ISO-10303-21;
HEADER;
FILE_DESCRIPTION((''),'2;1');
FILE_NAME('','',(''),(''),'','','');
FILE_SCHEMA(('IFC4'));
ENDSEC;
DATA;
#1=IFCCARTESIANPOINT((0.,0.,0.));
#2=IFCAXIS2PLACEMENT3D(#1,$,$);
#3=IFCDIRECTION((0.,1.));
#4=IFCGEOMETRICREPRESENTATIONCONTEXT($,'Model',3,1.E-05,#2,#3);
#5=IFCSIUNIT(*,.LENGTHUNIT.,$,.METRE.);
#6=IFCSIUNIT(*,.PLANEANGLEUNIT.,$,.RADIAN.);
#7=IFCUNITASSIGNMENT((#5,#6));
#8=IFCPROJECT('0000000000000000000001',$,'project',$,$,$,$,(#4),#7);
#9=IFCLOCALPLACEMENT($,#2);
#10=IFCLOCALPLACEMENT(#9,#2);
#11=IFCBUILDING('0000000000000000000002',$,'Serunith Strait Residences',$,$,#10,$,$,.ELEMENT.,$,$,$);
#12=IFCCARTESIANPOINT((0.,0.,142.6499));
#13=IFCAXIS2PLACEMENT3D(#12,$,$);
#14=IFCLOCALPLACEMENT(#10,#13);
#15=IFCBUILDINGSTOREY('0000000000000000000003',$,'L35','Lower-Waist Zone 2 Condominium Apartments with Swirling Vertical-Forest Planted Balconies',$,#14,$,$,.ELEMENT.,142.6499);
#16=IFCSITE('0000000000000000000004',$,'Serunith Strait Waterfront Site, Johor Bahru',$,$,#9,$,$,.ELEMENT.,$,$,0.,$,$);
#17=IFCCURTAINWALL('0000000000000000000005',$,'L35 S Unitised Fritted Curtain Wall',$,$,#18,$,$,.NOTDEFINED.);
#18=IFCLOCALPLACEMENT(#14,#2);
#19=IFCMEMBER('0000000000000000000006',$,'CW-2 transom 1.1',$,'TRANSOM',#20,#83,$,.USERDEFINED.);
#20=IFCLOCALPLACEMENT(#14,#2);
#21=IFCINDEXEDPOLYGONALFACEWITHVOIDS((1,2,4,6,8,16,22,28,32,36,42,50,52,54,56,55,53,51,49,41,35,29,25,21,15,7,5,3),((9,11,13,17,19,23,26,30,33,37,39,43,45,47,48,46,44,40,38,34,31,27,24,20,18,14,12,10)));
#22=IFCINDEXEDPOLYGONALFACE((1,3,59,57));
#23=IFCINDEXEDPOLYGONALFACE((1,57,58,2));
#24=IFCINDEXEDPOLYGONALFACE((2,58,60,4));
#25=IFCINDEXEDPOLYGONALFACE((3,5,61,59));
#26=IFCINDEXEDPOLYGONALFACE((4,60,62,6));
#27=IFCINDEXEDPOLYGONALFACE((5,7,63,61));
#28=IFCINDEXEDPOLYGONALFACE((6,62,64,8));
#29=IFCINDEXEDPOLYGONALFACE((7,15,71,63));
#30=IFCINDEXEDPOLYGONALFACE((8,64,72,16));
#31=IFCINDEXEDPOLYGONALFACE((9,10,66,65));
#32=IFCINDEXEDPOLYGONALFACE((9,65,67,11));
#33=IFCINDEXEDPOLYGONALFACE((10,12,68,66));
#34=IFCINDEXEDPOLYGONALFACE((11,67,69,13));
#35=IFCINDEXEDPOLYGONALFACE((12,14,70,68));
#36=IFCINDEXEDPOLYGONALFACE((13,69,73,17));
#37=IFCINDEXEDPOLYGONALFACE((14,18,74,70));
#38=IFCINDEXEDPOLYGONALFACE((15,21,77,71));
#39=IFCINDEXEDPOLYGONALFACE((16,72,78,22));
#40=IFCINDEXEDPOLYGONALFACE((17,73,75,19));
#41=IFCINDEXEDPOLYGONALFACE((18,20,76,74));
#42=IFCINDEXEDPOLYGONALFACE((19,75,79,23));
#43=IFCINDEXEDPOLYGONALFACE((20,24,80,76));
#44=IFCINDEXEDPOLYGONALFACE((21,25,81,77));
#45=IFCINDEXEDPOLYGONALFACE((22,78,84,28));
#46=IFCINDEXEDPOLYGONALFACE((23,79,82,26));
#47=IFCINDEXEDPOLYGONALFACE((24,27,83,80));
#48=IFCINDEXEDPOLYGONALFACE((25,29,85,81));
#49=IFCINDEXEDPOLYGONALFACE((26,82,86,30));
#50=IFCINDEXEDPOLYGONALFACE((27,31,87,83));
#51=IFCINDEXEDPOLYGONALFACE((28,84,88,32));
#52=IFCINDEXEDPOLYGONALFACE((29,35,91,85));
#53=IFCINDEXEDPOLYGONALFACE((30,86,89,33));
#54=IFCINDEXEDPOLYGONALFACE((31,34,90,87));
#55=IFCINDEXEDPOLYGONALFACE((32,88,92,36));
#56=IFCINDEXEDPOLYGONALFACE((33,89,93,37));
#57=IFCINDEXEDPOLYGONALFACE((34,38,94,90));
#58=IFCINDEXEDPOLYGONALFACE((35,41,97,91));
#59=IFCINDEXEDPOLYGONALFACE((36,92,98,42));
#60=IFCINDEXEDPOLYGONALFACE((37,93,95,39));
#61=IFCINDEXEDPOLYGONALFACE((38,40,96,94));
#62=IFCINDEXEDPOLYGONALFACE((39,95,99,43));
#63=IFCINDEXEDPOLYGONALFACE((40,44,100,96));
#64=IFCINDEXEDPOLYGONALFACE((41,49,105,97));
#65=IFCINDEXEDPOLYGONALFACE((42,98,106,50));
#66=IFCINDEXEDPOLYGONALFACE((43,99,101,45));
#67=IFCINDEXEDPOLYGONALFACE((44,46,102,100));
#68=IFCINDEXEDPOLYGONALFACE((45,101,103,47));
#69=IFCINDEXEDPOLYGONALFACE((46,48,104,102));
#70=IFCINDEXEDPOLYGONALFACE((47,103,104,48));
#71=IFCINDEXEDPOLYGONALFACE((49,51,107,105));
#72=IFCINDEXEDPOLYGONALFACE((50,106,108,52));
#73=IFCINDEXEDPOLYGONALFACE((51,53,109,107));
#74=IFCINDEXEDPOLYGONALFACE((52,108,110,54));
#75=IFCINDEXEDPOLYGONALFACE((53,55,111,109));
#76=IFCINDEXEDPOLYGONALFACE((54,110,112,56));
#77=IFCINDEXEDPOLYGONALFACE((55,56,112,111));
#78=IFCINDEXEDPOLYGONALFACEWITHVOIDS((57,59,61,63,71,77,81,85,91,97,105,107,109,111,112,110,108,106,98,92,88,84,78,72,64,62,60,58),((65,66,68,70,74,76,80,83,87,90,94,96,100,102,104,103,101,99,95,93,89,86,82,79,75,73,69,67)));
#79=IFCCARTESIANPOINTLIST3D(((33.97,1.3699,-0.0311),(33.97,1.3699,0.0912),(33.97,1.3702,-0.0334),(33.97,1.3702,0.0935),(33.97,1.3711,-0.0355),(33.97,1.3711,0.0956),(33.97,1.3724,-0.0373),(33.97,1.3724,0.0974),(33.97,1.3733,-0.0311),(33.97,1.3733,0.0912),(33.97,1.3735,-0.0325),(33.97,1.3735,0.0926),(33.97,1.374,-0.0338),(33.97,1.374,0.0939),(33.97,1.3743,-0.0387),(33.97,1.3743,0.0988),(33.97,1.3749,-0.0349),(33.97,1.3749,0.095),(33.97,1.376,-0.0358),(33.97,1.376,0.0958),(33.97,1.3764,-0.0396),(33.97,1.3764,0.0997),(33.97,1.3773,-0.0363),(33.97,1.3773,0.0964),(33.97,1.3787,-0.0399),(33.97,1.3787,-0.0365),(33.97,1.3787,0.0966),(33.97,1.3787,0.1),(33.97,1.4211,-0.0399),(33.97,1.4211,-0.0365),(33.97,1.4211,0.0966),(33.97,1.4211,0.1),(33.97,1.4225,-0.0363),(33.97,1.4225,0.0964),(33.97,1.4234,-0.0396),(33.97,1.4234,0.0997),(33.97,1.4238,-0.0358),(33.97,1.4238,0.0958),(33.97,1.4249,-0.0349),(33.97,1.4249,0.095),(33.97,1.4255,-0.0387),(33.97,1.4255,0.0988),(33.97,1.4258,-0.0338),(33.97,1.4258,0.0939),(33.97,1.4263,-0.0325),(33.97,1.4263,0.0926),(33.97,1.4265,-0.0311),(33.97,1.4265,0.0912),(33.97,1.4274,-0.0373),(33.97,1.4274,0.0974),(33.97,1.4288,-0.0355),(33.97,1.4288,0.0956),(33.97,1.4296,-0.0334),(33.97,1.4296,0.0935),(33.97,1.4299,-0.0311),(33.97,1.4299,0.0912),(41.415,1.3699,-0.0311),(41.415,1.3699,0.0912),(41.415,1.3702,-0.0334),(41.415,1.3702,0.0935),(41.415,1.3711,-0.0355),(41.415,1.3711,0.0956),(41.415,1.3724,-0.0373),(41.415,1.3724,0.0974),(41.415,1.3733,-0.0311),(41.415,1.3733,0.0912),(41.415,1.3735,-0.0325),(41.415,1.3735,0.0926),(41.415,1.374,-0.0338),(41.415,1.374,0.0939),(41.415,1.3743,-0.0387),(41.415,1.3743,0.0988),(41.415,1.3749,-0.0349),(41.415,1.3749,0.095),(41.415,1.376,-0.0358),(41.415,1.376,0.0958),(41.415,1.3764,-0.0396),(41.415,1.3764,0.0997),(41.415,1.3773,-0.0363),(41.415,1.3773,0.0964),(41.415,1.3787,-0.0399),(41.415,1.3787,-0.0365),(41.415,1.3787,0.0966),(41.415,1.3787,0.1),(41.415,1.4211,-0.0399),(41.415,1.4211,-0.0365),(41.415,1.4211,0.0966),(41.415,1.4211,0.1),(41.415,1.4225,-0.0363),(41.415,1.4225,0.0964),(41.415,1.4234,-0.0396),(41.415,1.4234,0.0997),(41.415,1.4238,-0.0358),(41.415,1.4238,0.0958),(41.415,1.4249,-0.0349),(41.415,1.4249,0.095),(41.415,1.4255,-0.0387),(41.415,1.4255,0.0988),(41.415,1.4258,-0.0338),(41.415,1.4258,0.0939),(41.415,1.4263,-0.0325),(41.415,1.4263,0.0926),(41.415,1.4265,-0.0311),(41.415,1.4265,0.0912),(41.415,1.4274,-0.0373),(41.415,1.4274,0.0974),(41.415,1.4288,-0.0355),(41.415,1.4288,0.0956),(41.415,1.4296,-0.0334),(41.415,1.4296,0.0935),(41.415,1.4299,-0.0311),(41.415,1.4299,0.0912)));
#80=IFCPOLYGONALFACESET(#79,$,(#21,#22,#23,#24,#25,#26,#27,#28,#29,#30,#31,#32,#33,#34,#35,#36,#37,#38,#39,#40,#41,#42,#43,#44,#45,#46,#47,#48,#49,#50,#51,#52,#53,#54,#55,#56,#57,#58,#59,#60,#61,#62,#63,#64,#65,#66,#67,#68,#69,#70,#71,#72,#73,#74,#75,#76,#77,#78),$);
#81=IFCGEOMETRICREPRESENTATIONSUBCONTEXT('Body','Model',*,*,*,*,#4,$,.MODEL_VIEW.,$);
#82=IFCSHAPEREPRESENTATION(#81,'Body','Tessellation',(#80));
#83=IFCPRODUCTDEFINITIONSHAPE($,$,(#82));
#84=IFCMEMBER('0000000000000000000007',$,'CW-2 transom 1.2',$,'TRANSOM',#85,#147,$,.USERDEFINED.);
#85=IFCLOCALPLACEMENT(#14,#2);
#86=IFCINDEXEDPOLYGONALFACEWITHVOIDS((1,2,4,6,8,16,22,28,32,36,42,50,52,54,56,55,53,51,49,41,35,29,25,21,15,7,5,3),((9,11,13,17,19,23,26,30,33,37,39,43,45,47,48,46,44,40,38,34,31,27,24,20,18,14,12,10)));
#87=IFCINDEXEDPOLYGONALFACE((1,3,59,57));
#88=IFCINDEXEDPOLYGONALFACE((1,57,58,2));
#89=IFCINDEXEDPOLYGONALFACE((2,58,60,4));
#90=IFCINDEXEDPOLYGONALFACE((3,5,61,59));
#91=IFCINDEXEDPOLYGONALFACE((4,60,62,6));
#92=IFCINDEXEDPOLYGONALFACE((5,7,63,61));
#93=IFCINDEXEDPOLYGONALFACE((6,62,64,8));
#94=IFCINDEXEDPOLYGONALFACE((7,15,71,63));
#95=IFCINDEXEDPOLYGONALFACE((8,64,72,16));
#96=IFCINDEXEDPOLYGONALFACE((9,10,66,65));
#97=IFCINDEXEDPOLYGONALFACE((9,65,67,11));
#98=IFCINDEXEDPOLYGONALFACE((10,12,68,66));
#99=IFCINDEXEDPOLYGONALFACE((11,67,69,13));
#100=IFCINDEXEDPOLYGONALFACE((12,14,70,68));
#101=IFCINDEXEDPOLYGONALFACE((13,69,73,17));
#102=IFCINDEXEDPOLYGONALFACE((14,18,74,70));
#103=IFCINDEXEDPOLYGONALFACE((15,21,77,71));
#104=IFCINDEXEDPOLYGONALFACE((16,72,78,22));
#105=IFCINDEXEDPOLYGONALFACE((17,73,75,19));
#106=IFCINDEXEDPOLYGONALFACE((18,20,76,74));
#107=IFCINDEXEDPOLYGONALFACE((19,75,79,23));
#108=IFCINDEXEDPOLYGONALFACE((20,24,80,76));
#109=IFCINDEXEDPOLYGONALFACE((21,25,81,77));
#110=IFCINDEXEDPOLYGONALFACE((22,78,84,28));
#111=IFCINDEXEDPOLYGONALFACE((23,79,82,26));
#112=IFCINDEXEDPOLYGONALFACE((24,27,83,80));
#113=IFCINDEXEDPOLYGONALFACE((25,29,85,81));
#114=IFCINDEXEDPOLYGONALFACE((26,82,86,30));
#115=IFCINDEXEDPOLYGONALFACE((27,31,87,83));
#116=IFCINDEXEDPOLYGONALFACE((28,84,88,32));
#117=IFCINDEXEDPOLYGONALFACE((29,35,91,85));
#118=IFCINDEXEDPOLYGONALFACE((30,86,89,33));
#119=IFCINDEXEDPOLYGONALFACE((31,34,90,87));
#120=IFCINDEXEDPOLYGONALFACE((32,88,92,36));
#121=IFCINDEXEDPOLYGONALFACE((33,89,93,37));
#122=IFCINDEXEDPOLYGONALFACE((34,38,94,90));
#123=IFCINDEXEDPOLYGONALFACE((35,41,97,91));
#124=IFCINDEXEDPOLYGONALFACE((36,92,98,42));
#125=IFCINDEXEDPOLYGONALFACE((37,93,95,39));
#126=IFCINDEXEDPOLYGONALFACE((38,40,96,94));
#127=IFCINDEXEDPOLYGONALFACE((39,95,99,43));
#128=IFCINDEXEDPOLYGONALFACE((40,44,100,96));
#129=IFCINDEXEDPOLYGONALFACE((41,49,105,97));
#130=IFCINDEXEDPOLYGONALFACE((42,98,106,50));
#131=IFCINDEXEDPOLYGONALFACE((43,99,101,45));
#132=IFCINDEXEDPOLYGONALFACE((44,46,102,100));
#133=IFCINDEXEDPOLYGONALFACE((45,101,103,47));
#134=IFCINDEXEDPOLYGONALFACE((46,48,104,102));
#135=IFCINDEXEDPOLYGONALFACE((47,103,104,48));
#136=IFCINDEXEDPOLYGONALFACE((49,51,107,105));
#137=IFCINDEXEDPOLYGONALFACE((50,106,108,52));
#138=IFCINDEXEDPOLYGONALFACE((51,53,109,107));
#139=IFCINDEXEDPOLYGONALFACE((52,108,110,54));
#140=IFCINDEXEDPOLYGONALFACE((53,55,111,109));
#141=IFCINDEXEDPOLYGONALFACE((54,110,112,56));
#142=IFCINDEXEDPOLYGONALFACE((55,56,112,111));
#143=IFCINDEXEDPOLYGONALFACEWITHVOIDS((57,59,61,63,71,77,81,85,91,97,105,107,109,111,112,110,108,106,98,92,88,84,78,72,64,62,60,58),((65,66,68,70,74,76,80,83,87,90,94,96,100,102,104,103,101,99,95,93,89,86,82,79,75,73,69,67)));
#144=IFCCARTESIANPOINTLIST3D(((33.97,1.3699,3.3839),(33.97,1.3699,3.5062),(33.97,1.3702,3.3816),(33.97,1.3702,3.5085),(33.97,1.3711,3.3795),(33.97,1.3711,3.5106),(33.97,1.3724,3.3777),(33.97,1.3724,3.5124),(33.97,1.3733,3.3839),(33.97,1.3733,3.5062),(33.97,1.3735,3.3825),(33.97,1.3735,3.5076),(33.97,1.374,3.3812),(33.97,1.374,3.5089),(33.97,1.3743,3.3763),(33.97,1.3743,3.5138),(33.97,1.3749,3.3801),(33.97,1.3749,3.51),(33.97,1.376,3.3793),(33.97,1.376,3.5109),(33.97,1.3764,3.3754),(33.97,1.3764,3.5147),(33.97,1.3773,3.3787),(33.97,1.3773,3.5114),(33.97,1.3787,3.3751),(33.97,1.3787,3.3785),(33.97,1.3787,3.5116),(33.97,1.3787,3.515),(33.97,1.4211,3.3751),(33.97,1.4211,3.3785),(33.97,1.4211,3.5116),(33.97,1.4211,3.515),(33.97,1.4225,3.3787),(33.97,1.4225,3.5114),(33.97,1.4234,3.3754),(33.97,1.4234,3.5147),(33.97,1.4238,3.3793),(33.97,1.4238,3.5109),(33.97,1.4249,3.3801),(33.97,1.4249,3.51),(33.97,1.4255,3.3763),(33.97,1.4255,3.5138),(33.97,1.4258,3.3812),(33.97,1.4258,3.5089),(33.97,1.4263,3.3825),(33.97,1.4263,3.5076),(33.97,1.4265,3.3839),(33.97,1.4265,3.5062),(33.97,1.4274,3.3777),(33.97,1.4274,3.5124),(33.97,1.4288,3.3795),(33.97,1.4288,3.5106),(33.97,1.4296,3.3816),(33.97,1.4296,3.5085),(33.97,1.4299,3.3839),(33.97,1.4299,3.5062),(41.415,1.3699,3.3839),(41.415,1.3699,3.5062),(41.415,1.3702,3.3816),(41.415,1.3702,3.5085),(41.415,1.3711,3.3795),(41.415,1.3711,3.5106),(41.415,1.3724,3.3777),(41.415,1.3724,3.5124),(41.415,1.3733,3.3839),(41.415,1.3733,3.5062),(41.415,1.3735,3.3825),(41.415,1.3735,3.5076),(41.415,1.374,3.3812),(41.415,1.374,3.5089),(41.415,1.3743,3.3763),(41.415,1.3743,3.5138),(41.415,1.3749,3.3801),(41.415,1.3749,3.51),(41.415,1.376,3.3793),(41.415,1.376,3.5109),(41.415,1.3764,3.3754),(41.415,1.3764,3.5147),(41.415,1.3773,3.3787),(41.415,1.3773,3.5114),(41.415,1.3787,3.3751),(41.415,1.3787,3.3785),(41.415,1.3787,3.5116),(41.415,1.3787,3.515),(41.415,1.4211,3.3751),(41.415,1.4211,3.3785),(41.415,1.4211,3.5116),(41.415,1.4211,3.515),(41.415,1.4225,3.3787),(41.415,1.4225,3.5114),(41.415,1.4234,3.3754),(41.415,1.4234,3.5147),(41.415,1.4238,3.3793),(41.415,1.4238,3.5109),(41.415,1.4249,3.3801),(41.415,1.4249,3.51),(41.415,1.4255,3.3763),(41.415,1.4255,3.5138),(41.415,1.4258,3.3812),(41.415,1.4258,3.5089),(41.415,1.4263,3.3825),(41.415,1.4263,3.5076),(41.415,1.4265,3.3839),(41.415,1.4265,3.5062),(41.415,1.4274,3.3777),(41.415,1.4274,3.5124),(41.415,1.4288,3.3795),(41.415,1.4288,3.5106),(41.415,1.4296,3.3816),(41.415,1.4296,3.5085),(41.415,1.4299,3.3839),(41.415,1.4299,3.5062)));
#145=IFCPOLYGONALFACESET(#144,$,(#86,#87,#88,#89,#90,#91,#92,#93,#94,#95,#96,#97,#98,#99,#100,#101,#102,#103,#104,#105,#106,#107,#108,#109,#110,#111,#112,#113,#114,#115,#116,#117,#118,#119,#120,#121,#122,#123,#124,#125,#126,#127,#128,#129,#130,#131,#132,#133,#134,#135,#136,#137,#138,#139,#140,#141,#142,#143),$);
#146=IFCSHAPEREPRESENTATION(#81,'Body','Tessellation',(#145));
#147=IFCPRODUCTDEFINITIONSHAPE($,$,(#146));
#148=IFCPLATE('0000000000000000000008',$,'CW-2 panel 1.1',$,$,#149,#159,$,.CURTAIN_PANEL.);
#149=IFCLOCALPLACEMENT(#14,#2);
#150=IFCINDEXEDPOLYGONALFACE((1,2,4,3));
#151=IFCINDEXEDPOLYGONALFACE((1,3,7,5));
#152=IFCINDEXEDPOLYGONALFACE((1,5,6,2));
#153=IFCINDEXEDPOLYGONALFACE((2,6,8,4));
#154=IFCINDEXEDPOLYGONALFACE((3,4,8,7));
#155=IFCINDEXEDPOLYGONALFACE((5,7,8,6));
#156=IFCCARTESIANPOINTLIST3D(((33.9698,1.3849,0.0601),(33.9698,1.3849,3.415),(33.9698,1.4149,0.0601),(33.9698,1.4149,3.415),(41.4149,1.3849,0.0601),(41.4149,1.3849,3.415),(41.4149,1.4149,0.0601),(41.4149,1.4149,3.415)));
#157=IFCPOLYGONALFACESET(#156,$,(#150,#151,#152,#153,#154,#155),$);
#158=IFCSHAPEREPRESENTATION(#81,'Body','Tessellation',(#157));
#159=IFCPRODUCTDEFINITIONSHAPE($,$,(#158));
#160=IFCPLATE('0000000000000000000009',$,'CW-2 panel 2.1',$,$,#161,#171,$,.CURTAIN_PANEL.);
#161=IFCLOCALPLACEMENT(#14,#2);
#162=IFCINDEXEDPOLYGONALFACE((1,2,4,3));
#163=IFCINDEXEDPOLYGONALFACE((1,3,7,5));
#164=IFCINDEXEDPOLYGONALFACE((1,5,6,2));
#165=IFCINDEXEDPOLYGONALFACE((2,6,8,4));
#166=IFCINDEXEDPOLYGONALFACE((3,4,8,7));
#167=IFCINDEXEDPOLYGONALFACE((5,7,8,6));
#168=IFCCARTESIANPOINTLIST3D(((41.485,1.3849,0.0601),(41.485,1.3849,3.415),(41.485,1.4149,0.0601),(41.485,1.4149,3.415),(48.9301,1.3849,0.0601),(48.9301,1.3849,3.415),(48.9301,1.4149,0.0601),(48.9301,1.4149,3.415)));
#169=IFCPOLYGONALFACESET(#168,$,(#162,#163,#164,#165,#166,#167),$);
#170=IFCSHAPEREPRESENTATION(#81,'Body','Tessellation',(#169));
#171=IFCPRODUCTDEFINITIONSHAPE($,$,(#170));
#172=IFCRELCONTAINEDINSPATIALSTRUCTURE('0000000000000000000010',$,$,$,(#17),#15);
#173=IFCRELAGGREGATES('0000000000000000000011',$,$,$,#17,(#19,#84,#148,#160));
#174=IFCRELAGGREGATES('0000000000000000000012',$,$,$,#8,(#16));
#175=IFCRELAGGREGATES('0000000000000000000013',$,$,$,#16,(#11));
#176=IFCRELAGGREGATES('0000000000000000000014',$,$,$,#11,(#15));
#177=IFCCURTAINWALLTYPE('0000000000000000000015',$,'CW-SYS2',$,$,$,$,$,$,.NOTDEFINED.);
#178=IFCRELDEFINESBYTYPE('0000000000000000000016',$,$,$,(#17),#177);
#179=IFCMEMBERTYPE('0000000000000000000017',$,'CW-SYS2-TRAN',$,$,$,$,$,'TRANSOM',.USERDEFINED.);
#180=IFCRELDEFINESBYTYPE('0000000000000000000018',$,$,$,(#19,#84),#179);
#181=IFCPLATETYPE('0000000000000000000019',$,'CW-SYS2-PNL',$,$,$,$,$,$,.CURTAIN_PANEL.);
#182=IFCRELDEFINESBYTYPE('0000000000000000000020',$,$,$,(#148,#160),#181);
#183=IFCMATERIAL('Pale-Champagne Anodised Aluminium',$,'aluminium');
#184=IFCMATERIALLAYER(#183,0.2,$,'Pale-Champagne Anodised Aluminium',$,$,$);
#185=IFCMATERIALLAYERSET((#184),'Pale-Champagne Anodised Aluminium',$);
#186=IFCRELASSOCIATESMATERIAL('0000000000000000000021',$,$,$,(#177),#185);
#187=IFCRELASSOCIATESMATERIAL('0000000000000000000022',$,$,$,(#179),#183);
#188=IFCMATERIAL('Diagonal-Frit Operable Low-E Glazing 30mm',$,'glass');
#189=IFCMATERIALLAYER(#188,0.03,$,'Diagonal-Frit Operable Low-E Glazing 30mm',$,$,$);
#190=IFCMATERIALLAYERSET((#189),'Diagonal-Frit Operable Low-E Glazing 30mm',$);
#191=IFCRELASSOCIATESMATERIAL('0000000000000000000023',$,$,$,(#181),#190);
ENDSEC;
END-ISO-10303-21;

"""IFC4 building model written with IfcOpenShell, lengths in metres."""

from ifc_helpers import new_model, si_unit, direction, frame, origin, origin_2d, place, context, subcontext, project, spatial, rectangle, hollow_rectangle, extrude, source, transform, mapped, material, layer, layer_set, material_profile, profile_set, type_object, element, aggregate, save


model = new_model("IFC4")

# Units and contexts
model_context = context("Model", 3, precision=1e-05, world=origin(), true_north=direction((0.0, 1.0)))
body_context = subcontext(model_context, "Body", "Model", "MODEL_VIEW")
ifc_project = project(units=[si_unit("LENGTHUNIT", "METRE"), si_unit("PLANEANGLEUNIT", "RADIAN")], contexts=[model_context])

# Site, building, storey
site_placement = place(None, origin())
site = spatial("IfcSite", under=ifc_project, at=site_placement, Name="Serunith Strait Waterfront Site, Johor Bahru", CompositionType="ELEMENT", RefElevation=0.0)
building_placement = place(site_placement, origin())
building = spatial("IfcBuilding", under=site, at=building_placement, Name="Serunith Strait Residences", CompositionType="ELEMENT")
storey_placement = place(building_placement, frame((0.0, 0.0, 142.6499)))
storey = spatial("IfcBuildingStorey", under=building, at=storey_placement, Name="L35", Description="Lower-Waist Zone 2 Condominium Apartments with Swirling Vertical-Forest Planted Balconies", CompositionType="ELEMENT", Elevation=142.6499)

# Curtain wall, members, plates
ifc_material_1 = material(Name="Pale-Champagne Anodised Aluminium", Category="aluminium")
ifc_layer_1 = layer(ifc_material_1, 0.2, Name="Pale-Champagne Anodised Aluminium")
ifc_layer_set_1 = layer_set([ifc_layer_1], Name="Pale-Champagne Anodised Aluminium")
curtain_wall_type = type_object("IfcCurtainWallType", Name="CW-SYS2", PredefinedType="NOTDEFINED", material=ifc_layer_set_1)
curtain_wall_placement = place(storey_placement, origin())
curtain_wall = element("IfcCurtainWall", 1, at=curtain_wall_placement, inside=storey, type_object=curtain_wall_type, Name="L35 S Unitised Fritted Curtain Wall", PredefinedType="NOTDEFINED")
ifc_material_profile_1 = material_profile(ifc_material_1, hollow_rectangle(XDim=0.0601, YDim=0.1399, WallThickness=0.0034, InnerFilletRadius=0.0054, OuterFilletRadius=0.0088, at=origin_2d()), Name="ALU 140x60x3.5")
ifc_profile_set_1 = profile_set([ifc_material_profile_1], Name="Pale-Champagne Anodised Aluminium")
member_type_1 = type_object("IfcMemberType", Name="CW-SYS2-TRAN", ElementType="TRANSOM", PredefinedType="USERDEFINED", material=ifc_profile_set_1)
shared_shape_1 = source(origin(), body_context, "Body", "SweptSolid", [
    extrude(hollow_rectangle(XDim=0.0601, YDim=0.1399, WallThickness=0.0034, InnerFilletRadius=0.0054, OuterFilletRadius=0.0088, at=origin_2d()), origin(), (0.0, 0.0, 1.0), 7.4451),
])
member_1_placement = place(storey_placement, frame((33.97, 1.3999, 0.03), z_axis=(1.0, 0.0, 0.0), x_axis=(0.0, 1.0, 0.0)))
member_1 = element("IfcMember", 2, at=member_1_placement, type_object=member_type_1, Name="CW-2 transom 1.1", ObjectType="TRANSOM", PredefinedType="USERDEFINED", context=body_context, shape_type="MappedRepresentation", body=[
    mapped(shared_shape_1, transform((0.0, 0.0, 0.0), scale=1.0)),
])
member_2_placement = place(storey_placement, frame((33.97, 1.3999, 3.4451), z_axis=(1.0, 0.0, 0.0), x_axis=(0.0, 1.0, 0.0)))
member_2 = element("IfcMember", 3, at=member_2_placement, type_object=member_type_1, Name="CW-2 transom 1.2", ObjectType="TRANSOM", PredefinedType="USERDEFINED", context=body_context, shape_type="MappedRepresentation", body=[
    mapped(shared_shape_1, transform((0.0, 0.0, 0.0), scale=1.0)),
])
ifc_material_2 = material(Name="Diagonal-Frit Operable Low-E Glazing 30mm", Category="glass")
ifc_layer_2 = layer(ifc_material_2, 0.03, Name="Diagonal-Frit Operable Low-E Glazing 30mm")
ifc_layer_set_2 = layer_set([ifc_layer_2], Name="Diagonal-Frit Operable Low-E Glazing 30mm")
plate_type = type_object("IfcPlateType", Name="CW-SYS2-PNL", PredefinedType="CURTAIN_PANEL", material=ifc_layer_set_2)
shared_shape_2 = source(origin(), body_context, "Body", "SweptSolid", [
    extrude(rectangle(XDim=7.4451, YDim=0.03, at=origin_2d()), origin(), (0.0, 0.0, 1.0), 3.355),
])
plate_1_placement = place(storey_placement, frame((37.6924, 1.3999, 0.0601), z_axis=(0.0, 0.0, 1.0), x_axis=(1.0, 0.0, 0.0)))
plate_1 = element("IfcPlate", 4, at=plate_1_placement, type_object=plate_type, Name="CW-2 panel 1.1", PredefinedType="CURTAIN_PANEL", context=body_context, shape_type="MappedRepresentation", body=[
    mapped(shared_shape_2, transform((0.0, 0.0, 0.0), scale=1.0)),
])
plate_2_placement = place(storey_placement, frame((45.2075, 1.3999, 0.0601), z_axis=(0.0, 0.0, 1.0), x_axis=(1.0, 0.0, 0.0)))
plate_2 = element("IfcPlate", 5, at=plate_2_placement, type_object=plate_type, Name="CW-2 panel 2.1", PredefinedType="CURTAIN_PANEL", context=body_context, shape_type="MappedRepresentation", body=[
    mapped(shared_shape_2, transform((0.0, 0.0, 0.0), scale=1.0)),
])
aggregate(curtain_wall, [member_1, member_2, plate_1, plate_2])

save(model, "model.ifc")
